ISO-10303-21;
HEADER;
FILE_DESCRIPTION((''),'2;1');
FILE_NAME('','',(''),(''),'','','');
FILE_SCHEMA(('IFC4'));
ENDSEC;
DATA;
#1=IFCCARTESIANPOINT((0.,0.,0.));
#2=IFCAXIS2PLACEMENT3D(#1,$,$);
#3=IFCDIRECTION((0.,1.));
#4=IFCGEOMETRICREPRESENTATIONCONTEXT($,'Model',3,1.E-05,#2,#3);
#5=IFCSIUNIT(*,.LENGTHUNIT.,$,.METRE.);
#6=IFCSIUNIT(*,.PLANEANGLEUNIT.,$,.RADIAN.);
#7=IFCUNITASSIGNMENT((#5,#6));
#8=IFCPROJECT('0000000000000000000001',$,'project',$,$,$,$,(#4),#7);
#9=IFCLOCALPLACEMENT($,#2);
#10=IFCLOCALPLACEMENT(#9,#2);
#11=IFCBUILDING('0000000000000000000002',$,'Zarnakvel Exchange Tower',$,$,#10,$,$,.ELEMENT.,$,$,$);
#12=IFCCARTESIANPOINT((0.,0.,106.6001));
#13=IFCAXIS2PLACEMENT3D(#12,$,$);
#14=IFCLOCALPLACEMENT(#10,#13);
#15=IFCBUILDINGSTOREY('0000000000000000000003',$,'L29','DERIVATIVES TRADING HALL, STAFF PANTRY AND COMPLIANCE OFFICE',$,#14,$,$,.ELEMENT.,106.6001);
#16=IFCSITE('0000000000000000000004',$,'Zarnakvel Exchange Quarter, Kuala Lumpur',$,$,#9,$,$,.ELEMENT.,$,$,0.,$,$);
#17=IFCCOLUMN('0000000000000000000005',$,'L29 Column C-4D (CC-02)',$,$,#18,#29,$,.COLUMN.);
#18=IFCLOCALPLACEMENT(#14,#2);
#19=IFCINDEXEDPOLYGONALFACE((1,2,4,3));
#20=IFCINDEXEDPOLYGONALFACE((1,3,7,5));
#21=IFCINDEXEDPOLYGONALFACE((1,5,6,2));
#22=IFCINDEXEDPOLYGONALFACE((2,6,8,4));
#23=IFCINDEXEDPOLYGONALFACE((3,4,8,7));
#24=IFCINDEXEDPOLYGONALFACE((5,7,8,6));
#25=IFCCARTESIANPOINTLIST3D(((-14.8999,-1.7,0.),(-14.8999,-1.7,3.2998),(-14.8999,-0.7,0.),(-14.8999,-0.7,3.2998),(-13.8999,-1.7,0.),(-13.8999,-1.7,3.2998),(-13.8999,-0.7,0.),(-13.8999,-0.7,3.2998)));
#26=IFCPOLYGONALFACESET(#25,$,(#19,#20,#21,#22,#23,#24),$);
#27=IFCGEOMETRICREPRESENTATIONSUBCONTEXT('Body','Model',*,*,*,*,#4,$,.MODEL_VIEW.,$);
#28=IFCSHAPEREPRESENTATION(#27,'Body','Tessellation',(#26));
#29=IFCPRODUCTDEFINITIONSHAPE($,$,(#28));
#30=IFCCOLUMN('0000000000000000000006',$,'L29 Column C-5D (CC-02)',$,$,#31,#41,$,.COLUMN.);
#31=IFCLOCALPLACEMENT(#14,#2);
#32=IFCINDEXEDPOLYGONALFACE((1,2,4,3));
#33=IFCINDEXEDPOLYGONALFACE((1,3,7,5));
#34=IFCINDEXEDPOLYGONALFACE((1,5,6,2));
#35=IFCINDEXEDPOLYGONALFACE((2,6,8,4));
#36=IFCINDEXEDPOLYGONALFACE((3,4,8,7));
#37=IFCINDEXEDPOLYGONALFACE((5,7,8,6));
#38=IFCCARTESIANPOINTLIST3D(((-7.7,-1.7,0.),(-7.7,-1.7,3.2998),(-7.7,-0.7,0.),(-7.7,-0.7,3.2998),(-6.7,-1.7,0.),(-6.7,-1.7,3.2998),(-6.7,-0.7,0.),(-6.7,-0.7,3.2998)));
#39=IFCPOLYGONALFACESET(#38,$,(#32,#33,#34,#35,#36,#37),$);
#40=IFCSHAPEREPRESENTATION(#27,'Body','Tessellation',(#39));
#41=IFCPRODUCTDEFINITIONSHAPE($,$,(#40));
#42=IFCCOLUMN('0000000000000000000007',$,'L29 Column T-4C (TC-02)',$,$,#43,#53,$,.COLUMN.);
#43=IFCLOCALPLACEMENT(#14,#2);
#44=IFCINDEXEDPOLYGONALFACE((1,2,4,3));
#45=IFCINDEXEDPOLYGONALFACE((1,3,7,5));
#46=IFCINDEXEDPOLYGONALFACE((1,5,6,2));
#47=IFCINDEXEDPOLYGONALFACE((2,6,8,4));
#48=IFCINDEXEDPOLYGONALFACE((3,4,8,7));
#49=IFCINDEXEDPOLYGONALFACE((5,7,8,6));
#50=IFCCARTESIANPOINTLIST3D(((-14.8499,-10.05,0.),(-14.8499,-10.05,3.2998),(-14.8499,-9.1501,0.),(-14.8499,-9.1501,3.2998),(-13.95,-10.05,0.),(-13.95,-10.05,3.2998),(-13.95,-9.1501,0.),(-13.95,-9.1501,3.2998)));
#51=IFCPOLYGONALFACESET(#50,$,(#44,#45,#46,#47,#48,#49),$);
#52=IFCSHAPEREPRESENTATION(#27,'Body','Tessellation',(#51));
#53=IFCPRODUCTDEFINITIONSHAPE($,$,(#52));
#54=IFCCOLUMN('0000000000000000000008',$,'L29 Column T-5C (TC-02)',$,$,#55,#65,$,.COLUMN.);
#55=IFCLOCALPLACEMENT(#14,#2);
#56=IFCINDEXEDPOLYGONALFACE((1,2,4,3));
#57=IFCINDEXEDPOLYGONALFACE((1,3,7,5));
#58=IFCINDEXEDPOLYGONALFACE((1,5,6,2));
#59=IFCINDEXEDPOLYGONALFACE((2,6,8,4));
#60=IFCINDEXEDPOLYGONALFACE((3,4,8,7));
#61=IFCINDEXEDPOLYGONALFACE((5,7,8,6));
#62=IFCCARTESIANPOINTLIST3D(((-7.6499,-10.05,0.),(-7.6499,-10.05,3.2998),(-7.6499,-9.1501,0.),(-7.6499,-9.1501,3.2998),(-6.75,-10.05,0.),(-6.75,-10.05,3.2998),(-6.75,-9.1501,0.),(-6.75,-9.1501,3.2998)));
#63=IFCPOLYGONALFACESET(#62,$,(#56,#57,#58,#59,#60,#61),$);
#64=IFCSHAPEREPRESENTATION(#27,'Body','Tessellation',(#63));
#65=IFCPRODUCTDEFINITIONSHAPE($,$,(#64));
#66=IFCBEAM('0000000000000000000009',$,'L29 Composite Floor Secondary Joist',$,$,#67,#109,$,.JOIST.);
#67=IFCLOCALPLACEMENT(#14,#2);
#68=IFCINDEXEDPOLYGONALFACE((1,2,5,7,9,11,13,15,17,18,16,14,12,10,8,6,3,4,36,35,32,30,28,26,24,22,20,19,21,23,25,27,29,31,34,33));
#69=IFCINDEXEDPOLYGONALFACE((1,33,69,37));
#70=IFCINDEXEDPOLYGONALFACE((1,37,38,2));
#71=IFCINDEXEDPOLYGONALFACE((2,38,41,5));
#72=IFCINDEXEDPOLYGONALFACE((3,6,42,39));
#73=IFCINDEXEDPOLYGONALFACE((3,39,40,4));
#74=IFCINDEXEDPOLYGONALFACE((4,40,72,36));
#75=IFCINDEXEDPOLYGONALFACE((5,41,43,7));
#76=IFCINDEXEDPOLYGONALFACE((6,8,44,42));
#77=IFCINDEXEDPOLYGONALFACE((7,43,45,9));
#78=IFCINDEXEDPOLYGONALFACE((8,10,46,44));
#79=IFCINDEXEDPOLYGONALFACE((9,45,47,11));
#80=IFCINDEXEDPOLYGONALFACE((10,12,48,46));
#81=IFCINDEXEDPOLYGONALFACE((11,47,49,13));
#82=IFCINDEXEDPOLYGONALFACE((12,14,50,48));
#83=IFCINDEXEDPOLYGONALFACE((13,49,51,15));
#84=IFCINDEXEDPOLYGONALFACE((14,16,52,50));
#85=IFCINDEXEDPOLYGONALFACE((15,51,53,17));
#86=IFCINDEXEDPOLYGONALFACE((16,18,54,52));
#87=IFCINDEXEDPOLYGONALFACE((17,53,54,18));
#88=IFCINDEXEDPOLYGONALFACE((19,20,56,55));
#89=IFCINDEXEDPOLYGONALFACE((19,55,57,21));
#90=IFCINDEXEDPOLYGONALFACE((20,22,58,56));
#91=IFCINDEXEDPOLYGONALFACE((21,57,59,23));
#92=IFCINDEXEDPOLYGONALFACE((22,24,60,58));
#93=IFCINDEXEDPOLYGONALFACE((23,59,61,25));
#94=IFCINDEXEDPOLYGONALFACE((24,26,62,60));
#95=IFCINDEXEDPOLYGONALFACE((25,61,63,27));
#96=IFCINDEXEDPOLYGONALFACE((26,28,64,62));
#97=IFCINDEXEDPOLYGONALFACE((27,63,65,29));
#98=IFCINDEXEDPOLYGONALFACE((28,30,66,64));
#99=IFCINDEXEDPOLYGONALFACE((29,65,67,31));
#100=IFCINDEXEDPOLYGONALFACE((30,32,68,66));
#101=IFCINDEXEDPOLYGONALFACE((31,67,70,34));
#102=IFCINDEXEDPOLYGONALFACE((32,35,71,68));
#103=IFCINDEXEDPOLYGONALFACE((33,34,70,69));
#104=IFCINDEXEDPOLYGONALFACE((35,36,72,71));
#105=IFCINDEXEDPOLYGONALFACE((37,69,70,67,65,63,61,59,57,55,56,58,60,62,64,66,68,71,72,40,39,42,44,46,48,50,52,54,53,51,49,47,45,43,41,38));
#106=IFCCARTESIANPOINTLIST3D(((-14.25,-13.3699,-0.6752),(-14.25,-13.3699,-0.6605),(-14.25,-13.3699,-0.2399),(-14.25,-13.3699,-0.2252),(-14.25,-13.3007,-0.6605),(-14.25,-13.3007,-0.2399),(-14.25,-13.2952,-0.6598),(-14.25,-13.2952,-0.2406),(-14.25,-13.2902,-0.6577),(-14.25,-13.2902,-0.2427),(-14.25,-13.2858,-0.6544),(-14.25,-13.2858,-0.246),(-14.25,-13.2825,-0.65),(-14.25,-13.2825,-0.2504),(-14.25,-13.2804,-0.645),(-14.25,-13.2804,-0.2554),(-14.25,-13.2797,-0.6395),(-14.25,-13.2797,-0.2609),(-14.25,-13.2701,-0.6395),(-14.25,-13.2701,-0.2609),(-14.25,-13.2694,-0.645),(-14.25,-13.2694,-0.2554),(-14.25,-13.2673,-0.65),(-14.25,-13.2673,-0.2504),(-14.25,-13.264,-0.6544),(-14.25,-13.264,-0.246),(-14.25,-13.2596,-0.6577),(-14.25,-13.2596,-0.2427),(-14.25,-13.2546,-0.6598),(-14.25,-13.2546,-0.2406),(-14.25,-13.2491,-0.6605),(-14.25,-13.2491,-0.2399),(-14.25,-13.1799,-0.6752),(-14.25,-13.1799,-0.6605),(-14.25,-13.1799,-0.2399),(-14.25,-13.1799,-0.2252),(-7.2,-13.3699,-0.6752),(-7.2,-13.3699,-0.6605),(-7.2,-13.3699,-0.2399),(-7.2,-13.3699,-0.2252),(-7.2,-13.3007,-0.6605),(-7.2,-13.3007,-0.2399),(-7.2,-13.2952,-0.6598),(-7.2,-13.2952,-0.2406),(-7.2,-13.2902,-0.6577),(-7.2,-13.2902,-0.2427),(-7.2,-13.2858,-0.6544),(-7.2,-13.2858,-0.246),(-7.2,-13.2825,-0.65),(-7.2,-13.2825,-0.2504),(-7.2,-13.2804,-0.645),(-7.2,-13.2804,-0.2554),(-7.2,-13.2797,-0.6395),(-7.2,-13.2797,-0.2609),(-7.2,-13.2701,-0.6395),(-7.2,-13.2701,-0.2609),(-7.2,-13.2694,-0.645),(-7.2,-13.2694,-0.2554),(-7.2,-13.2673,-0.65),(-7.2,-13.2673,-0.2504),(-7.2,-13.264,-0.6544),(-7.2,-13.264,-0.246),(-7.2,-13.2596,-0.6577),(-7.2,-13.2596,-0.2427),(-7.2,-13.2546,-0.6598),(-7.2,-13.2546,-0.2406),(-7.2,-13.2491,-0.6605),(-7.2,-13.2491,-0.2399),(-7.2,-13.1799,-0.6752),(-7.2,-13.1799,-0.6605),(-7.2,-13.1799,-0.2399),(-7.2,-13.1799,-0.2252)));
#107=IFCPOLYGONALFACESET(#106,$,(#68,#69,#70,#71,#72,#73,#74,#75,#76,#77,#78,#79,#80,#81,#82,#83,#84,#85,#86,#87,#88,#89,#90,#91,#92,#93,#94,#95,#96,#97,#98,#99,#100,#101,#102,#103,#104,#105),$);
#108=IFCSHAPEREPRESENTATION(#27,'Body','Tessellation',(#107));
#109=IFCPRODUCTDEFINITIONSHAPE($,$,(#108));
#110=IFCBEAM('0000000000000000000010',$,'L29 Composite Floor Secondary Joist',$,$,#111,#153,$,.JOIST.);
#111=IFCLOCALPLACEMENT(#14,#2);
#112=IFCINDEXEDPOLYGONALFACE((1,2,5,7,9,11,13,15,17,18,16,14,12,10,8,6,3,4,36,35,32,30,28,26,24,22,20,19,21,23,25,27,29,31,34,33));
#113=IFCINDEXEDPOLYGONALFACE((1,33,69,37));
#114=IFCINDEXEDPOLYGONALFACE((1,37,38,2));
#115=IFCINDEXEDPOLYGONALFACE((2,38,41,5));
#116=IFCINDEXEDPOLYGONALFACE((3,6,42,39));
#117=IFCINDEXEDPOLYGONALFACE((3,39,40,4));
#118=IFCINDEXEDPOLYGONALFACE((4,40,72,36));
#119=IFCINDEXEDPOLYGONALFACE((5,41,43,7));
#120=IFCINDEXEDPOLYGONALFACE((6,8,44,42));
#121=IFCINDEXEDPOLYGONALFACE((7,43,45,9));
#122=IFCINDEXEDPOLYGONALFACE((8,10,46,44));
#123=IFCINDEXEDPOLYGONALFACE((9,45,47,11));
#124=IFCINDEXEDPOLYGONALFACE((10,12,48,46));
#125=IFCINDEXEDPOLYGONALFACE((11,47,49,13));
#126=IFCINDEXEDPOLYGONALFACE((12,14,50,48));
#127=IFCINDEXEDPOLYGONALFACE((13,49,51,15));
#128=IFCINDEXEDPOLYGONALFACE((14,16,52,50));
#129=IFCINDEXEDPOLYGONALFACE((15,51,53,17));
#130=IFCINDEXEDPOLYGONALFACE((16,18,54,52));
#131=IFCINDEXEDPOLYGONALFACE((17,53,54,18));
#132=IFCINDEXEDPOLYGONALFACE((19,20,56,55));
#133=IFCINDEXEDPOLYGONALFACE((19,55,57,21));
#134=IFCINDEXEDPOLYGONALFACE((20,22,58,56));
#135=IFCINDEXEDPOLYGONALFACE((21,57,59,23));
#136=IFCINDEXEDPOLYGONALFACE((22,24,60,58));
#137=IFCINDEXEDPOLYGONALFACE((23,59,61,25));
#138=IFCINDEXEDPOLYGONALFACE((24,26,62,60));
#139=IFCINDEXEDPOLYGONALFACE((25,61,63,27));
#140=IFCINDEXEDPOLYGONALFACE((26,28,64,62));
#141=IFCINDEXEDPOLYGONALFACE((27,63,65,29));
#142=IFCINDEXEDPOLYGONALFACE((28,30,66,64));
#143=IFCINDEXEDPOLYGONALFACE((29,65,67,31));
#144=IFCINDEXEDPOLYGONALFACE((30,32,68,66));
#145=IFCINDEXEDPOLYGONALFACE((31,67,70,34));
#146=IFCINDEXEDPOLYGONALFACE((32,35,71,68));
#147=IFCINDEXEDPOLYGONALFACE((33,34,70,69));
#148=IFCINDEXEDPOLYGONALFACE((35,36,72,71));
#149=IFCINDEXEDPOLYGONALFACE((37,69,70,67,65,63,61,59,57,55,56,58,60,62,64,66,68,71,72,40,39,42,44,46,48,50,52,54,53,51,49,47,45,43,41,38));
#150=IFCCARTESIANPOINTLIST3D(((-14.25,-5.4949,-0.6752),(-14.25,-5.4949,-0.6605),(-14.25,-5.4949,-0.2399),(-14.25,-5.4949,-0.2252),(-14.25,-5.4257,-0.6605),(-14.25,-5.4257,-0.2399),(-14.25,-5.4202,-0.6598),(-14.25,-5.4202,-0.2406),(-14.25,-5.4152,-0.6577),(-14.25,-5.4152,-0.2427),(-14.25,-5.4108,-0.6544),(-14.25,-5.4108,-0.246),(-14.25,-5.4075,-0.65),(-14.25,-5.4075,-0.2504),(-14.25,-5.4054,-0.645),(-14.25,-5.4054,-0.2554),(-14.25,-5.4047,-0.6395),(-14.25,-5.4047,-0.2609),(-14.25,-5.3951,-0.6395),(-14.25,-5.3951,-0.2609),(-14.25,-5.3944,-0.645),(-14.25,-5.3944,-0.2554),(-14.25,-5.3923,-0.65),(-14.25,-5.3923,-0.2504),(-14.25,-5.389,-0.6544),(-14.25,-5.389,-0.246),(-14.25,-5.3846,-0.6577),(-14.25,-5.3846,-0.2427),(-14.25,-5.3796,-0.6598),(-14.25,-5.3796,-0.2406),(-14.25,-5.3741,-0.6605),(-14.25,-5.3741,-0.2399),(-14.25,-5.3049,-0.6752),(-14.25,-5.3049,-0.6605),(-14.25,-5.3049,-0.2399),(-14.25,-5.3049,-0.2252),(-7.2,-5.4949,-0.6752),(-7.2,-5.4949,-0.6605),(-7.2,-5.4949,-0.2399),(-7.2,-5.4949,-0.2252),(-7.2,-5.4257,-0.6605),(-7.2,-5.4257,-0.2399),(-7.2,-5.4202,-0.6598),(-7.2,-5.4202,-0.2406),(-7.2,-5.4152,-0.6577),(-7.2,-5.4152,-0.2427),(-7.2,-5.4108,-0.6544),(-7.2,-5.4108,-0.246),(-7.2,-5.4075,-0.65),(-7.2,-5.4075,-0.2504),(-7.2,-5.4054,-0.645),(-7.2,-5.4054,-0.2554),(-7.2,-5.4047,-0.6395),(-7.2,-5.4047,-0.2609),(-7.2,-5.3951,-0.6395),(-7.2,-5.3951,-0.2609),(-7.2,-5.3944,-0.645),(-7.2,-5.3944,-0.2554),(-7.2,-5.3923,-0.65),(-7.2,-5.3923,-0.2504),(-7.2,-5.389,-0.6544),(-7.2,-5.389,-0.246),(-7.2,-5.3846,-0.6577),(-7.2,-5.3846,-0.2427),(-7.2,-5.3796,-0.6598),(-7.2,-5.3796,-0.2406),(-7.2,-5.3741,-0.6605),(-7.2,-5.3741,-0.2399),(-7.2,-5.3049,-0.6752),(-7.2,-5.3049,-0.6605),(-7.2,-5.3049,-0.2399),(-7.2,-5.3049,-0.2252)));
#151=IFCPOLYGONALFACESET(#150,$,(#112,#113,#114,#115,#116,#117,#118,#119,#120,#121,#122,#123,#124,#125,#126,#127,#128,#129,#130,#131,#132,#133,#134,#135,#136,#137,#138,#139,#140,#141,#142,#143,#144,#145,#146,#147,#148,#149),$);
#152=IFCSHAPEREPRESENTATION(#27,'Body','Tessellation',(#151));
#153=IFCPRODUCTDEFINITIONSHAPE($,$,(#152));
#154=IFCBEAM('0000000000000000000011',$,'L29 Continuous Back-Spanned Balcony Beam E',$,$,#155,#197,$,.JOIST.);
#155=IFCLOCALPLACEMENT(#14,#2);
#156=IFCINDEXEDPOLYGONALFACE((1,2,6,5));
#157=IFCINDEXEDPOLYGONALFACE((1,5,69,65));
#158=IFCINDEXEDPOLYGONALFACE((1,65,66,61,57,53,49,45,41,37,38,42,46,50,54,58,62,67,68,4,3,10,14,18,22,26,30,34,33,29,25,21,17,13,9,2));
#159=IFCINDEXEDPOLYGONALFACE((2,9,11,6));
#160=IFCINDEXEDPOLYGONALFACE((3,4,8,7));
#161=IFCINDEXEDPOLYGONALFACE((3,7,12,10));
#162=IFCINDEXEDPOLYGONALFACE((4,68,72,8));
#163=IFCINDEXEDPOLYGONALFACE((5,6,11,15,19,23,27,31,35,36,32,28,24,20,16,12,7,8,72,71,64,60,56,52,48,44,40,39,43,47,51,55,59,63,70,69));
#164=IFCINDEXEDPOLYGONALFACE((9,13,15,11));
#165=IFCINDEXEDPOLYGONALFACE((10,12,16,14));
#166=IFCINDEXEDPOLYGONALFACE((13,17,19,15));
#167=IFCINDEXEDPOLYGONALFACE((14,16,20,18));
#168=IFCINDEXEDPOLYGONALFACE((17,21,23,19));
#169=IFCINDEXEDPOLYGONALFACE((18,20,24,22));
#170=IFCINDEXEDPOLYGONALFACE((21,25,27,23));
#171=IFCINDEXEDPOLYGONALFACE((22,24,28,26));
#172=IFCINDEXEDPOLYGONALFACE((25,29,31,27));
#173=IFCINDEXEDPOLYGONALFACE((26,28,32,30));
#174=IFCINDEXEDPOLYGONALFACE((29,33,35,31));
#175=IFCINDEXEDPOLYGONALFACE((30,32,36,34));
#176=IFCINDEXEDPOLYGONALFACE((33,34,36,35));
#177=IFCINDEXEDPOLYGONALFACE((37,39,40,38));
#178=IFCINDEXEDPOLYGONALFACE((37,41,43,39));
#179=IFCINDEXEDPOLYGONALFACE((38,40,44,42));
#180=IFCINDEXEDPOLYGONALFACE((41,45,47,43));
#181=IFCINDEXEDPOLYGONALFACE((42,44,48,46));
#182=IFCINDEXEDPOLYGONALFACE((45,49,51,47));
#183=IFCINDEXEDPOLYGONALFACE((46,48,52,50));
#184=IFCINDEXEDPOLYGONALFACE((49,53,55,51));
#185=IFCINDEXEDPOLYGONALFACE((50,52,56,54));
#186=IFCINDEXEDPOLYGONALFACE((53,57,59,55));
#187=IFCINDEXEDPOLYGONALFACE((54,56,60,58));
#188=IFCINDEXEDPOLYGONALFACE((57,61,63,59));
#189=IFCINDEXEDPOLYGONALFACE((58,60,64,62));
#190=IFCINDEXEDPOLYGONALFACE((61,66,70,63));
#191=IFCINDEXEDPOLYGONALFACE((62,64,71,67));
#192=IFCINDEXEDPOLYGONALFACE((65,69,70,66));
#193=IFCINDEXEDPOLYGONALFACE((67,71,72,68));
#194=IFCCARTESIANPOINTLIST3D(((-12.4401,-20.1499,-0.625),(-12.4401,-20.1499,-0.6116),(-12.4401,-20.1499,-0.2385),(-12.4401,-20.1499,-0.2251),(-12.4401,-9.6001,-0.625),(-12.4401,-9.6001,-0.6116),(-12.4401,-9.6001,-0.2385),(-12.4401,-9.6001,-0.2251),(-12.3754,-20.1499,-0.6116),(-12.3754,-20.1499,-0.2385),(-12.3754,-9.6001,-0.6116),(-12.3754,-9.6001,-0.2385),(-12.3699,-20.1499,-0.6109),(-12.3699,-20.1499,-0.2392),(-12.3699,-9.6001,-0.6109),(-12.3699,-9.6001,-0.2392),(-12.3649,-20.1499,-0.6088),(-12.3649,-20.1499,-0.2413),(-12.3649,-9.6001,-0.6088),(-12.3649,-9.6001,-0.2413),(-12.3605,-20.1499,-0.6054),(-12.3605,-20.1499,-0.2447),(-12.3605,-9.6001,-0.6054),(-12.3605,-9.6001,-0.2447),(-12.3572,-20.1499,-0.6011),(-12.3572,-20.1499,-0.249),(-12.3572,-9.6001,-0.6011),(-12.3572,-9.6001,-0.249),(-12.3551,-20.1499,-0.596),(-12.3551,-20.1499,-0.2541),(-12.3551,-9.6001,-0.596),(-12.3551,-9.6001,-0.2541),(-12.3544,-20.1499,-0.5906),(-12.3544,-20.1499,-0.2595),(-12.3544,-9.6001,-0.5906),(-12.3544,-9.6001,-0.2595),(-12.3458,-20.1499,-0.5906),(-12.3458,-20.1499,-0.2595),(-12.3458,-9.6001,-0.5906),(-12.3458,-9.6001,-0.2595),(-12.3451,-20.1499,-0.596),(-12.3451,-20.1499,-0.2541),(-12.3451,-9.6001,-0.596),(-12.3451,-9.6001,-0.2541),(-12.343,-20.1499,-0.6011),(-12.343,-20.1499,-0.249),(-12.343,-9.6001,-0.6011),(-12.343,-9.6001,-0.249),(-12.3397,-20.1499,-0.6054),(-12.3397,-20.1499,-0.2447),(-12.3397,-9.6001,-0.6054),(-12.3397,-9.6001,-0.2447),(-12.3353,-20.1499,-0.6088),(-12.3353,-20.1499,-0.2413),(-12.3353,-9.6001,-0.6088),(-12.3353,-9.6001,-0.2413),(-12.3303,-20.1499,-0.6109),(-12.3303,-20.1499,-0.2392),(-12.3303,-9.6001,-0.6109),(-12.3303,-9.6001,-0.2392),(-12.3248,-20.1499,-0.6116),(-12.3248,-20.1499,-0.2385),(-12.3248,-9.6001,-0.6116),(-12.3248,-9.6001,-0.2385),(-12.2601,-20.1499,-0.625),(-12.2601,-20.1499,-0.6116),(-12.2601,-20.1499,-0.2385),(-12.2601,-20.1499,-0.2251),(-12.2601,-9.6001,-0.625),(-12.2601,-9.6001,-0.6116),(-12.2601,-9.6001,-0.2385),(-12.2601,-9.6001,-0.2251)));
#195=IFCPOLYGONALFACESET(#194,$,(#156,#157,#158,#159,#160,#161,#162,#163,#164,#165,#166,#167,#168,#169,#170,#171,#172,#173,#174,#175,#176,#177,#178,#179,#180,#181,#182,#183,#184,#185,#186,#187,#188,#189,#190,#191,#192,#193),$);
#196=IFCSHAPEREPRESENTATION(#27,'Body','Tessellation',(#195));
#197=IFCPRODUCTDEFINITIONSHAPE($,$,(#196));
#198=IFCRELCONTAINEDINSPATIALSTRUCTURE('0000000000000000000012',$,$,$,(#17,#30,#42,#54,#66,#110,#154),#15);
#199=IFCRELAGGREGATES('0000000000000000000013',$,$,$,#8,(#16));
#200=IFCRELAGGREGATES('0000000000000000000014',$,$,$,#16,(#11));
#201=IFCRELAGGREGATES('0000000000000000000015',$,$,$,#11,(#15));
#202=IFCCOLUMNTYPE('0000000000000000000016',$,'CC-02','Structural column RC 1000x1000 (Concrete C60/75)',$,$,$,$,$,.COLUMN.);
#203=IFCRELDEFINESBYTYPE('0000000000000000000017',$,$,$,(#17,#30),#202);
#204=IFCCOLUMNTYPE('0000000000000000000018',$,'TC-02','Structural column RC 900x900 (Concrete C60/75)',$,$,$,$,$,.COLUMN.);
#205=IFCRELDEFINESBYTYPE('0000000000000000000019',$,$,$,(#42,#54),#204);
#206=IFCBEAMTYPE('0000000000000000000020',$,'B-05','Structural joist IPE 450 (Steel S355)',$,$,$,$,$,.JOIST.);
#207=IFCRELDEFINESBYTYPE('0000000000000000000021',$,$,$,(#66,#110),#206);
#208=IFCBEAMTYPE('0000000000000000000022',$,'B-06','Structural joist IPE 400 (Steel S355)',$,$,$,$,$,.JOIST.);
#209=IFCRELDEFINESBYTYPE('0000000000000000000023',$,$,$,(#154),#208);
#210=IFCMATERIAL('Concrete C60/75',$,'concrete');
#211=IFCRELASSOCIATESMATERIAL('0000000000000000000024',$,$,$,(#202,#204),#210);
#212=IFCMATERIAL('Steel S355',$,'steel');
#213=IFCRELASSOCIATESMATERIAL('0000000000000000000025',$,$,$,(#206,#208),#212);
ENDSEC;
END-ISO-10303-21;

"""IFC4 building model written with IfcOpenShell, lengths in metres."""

from ifc_helpers import new_model, si_unit, direction, frame, origin, origin_2d, place, context, subcontext, project, spatial, rectangle, i_section, extrude, material, material_profile, profile_set, type_object, element, save


model = new_model("IFC4")

# Units and contexts
model_context = context("Model", 3, precision=1e-05, world=origin(), true_north=direction((0.0, 1.0)))
body_context = subcontext(model_context, "Body", "Model", "MODEL_VIEW")
ifc_project = project(units=[si_unit("LENGTHUNIT", "METRE"), si_unit("PLANEANGLEUNIT", "RADIAN")], contexts=[model_context])

# Site, building, storey
site_placement = place(None, origin())
site = spatial("IfcSite", under=ifc_project, at=site_placement, Name="Zarnakvel Exchange Quarter, Kuala Lumpur", CompositionType="ELEMENT", RefElevation=0.0)
building_placement = place(site_placement, origin())
building = spatial("IfcBuilding", under=site, at=building_placement, Name="Zarnakvel Exchange Tower", CompositionType="ELEMENT")
storey_placement = place(building_placement, frame((0.0, 0.0, 106.6001)))
storey = spatial("IfcBuildingStorey", under=building, at=storey_placement, Name="L29", Description="DERIVATIVES TRADING HALL, STAFF PANTRY AND COMPLIANCE OFFICE", CompositionType="ELEMENT", Elevation=106.6001)

# Columns
ifc_material_1 = material(Name="Concrete C60/75", Category="concrete")
ifc_material_profile_1 = material_profile(ifc_material_1, rectangle(XDim=1.0, YDim=1.0, at=origin_2d()))
ifc_profile_set_1 = profile_set([ifc_material_profile_1], Name="Concrete C60/75")
column_type_1 = type_object("IfcColumnType", Name="CC-02", Description="Structural column RC 1000x1000 (Concrete C60/75)", PredefinedType="COLUMN", material=ifc_profile_set_1)
for number, where, z_axis, x_axis, name in (
    (1, (-14.3999, -1.2, 0.0), (0.0, 0.0, 1.0), (1.0, 0.0, 0.0), "L29 Column C-4D (CC-02)"),
    (2, (-7.2, -1.2, 0.0), (0.0, 0.0, 1.0), (1.0, 0.0, 0.0), "L29 Column C-5D (CC-02)"),
):
    element("IfcColumn", number, at=place(storey_placement, frame(where, z_axis=z_axis, x_axis=x_axis)), inside=storey, type_object=column_type_1, Name=name, PredefinedType="COLUMN", context=body_context, shape_type="SweptSolid", body=[
        extrude(rectangle(XDim=1.0, YDim=1.0, at=origin_2d()), origin(), (0.0, 0.0, 1.0), 3.2998),
    ])
ifc_material_profile_2 = material_profile(ifc_material_1, rectangle(XDim=0.8999, YDim=0.8999, at=origin_2d()))
ifc_profile_set_2 = profile_set([ifc_material_profile_2], Name="Concrete C60/75")
column_type_2 = type_object("IfcColumnType", Name="TC-02", Description="Structural column RC 900x900 (Concrete C60/75)", PredefinedType="COLUMN", material=ifc_profile_set_2)
for number, where, z_axis, x_axis, name in (
    (3, (-14.3999, -9.6001, 0.0), (0.0, 0.0, 1.0), (1.0, 0.0, 0.0), "L29 Column T-4C (TC-02)"),
    (4, (-7.2, -9.6001, 0.0), (0.0, 0.0, 1.0), (1.0, 0.0, 0.0), "L29 Column T-5C (TC-02)"),
):
    element("IfcColumn", number, at=place(storey_placement, frame(where, z_axis=z_axis, x_axis=x_axis)), inside=storey, type_object=column_type_2, Name=name, PredefinedType="COLUMN", context=body_context, shape_type="SweptSolid", body=[
        extrude(rectangle(XDim=0.8999, YDim=0.8999, at=origin_2d()), origin(), (0.0, 0.0, 1.0), 3.2998),
    ])

# Beams
ifc_material_2 = material(Name="Steel S355", Category="steel")
ifc_material_profile_3 = material_profile(ifc_material_2, i_section(OverallWidth=0.1899, OverallDepth=0.45, WebThickness=0.0095, FlangeThickness=0.0146, FilletRadius=0.021, at=origin_2d()))
ifc_profile_set_3 = profile_set([ifc_material_profile_3], Name="Steel S355")
beam_type_1 = type_object("IfcBeamType", Name="B-05", Description="Structural joist IPE 450 (Steel S355)", PredefinedType="JOIST", material=ifc_profile_set_3)
for number, where, z_axis, x_axis, name in (
    (5, (-14.25, -13.2749, -0.4502), (1.0, 0.0, 0.0), (0.0, 1.0, 0.0), "L29 Composite Floor Secondary Joist"),
    (6, (-14.25, -5.3999, -0.4502), (1.0, 0.0, 0.0), (0.0, 1.0, 0.0), "L29 Composite Floor Secondary Joist"),
):
    element("IfcBeam", number, at=place(storey_placement, frame(where, z_axis=z_axis, x_axis=x_axis)), inside=storey, type_object=beam_type_1, Name=name, PredefinedType="JOIST", context=body_context, shape_type="SweptSolid", body=[
        extrude(i_section(OverallWidth=0.1899, OverallDepth=0.45, WebThickness=0.0095, FlangeThickness=0.0146, FilletRadius=0.021, at=origin_2d()), origin(), (0.0, 0.0, 1.0), 7.05),
    ])
ifc_material_profile_4 = material_profile(ifc_material_2, i_section(OverallWidth=0.1799, OverallDepth=0.3999, WebThickness=0.0085, FlangeThickness=0.0134, FilletRadius=0.021, at=origin_2d()))
ifc_profile_set_4 = profile_set([ifc_material_profile_4], Name="Steel S355")
beam_type_2 = type_object("IfcBeamType", Name="B-06", Description="Structural joist IPE 400 (Steel S355)", PredefinedType="JOIST", material=ifc_profile_set_4)
beam_1_placement = place(storey_placement, frame((-12.3501, -9.6001, -0.425), z_axis=(0.0, -1.0, 0.0), x_axis=(1.0, 0.0, 0.0)))
element("IfcBeam", 7, at=beam_1_placement, inside=storey, type_object=beam_type_2, Name="L29 Continuous Back-Spanned Balcony Beam E", PredefinedType="JOIST", context=body_context, shape_type="SweptSolid", body=[
    extrude(i_section(OverallWidth=0.1799, OverallDepth=0.3999, WebThickness=0.0085, FlangeThickness=0.0134, FilletRadius=0.021, at=origin_2d()), origin(), (0.0, 0.0, 1.0), 10.5498),
])

save(model, "model.ifc")
